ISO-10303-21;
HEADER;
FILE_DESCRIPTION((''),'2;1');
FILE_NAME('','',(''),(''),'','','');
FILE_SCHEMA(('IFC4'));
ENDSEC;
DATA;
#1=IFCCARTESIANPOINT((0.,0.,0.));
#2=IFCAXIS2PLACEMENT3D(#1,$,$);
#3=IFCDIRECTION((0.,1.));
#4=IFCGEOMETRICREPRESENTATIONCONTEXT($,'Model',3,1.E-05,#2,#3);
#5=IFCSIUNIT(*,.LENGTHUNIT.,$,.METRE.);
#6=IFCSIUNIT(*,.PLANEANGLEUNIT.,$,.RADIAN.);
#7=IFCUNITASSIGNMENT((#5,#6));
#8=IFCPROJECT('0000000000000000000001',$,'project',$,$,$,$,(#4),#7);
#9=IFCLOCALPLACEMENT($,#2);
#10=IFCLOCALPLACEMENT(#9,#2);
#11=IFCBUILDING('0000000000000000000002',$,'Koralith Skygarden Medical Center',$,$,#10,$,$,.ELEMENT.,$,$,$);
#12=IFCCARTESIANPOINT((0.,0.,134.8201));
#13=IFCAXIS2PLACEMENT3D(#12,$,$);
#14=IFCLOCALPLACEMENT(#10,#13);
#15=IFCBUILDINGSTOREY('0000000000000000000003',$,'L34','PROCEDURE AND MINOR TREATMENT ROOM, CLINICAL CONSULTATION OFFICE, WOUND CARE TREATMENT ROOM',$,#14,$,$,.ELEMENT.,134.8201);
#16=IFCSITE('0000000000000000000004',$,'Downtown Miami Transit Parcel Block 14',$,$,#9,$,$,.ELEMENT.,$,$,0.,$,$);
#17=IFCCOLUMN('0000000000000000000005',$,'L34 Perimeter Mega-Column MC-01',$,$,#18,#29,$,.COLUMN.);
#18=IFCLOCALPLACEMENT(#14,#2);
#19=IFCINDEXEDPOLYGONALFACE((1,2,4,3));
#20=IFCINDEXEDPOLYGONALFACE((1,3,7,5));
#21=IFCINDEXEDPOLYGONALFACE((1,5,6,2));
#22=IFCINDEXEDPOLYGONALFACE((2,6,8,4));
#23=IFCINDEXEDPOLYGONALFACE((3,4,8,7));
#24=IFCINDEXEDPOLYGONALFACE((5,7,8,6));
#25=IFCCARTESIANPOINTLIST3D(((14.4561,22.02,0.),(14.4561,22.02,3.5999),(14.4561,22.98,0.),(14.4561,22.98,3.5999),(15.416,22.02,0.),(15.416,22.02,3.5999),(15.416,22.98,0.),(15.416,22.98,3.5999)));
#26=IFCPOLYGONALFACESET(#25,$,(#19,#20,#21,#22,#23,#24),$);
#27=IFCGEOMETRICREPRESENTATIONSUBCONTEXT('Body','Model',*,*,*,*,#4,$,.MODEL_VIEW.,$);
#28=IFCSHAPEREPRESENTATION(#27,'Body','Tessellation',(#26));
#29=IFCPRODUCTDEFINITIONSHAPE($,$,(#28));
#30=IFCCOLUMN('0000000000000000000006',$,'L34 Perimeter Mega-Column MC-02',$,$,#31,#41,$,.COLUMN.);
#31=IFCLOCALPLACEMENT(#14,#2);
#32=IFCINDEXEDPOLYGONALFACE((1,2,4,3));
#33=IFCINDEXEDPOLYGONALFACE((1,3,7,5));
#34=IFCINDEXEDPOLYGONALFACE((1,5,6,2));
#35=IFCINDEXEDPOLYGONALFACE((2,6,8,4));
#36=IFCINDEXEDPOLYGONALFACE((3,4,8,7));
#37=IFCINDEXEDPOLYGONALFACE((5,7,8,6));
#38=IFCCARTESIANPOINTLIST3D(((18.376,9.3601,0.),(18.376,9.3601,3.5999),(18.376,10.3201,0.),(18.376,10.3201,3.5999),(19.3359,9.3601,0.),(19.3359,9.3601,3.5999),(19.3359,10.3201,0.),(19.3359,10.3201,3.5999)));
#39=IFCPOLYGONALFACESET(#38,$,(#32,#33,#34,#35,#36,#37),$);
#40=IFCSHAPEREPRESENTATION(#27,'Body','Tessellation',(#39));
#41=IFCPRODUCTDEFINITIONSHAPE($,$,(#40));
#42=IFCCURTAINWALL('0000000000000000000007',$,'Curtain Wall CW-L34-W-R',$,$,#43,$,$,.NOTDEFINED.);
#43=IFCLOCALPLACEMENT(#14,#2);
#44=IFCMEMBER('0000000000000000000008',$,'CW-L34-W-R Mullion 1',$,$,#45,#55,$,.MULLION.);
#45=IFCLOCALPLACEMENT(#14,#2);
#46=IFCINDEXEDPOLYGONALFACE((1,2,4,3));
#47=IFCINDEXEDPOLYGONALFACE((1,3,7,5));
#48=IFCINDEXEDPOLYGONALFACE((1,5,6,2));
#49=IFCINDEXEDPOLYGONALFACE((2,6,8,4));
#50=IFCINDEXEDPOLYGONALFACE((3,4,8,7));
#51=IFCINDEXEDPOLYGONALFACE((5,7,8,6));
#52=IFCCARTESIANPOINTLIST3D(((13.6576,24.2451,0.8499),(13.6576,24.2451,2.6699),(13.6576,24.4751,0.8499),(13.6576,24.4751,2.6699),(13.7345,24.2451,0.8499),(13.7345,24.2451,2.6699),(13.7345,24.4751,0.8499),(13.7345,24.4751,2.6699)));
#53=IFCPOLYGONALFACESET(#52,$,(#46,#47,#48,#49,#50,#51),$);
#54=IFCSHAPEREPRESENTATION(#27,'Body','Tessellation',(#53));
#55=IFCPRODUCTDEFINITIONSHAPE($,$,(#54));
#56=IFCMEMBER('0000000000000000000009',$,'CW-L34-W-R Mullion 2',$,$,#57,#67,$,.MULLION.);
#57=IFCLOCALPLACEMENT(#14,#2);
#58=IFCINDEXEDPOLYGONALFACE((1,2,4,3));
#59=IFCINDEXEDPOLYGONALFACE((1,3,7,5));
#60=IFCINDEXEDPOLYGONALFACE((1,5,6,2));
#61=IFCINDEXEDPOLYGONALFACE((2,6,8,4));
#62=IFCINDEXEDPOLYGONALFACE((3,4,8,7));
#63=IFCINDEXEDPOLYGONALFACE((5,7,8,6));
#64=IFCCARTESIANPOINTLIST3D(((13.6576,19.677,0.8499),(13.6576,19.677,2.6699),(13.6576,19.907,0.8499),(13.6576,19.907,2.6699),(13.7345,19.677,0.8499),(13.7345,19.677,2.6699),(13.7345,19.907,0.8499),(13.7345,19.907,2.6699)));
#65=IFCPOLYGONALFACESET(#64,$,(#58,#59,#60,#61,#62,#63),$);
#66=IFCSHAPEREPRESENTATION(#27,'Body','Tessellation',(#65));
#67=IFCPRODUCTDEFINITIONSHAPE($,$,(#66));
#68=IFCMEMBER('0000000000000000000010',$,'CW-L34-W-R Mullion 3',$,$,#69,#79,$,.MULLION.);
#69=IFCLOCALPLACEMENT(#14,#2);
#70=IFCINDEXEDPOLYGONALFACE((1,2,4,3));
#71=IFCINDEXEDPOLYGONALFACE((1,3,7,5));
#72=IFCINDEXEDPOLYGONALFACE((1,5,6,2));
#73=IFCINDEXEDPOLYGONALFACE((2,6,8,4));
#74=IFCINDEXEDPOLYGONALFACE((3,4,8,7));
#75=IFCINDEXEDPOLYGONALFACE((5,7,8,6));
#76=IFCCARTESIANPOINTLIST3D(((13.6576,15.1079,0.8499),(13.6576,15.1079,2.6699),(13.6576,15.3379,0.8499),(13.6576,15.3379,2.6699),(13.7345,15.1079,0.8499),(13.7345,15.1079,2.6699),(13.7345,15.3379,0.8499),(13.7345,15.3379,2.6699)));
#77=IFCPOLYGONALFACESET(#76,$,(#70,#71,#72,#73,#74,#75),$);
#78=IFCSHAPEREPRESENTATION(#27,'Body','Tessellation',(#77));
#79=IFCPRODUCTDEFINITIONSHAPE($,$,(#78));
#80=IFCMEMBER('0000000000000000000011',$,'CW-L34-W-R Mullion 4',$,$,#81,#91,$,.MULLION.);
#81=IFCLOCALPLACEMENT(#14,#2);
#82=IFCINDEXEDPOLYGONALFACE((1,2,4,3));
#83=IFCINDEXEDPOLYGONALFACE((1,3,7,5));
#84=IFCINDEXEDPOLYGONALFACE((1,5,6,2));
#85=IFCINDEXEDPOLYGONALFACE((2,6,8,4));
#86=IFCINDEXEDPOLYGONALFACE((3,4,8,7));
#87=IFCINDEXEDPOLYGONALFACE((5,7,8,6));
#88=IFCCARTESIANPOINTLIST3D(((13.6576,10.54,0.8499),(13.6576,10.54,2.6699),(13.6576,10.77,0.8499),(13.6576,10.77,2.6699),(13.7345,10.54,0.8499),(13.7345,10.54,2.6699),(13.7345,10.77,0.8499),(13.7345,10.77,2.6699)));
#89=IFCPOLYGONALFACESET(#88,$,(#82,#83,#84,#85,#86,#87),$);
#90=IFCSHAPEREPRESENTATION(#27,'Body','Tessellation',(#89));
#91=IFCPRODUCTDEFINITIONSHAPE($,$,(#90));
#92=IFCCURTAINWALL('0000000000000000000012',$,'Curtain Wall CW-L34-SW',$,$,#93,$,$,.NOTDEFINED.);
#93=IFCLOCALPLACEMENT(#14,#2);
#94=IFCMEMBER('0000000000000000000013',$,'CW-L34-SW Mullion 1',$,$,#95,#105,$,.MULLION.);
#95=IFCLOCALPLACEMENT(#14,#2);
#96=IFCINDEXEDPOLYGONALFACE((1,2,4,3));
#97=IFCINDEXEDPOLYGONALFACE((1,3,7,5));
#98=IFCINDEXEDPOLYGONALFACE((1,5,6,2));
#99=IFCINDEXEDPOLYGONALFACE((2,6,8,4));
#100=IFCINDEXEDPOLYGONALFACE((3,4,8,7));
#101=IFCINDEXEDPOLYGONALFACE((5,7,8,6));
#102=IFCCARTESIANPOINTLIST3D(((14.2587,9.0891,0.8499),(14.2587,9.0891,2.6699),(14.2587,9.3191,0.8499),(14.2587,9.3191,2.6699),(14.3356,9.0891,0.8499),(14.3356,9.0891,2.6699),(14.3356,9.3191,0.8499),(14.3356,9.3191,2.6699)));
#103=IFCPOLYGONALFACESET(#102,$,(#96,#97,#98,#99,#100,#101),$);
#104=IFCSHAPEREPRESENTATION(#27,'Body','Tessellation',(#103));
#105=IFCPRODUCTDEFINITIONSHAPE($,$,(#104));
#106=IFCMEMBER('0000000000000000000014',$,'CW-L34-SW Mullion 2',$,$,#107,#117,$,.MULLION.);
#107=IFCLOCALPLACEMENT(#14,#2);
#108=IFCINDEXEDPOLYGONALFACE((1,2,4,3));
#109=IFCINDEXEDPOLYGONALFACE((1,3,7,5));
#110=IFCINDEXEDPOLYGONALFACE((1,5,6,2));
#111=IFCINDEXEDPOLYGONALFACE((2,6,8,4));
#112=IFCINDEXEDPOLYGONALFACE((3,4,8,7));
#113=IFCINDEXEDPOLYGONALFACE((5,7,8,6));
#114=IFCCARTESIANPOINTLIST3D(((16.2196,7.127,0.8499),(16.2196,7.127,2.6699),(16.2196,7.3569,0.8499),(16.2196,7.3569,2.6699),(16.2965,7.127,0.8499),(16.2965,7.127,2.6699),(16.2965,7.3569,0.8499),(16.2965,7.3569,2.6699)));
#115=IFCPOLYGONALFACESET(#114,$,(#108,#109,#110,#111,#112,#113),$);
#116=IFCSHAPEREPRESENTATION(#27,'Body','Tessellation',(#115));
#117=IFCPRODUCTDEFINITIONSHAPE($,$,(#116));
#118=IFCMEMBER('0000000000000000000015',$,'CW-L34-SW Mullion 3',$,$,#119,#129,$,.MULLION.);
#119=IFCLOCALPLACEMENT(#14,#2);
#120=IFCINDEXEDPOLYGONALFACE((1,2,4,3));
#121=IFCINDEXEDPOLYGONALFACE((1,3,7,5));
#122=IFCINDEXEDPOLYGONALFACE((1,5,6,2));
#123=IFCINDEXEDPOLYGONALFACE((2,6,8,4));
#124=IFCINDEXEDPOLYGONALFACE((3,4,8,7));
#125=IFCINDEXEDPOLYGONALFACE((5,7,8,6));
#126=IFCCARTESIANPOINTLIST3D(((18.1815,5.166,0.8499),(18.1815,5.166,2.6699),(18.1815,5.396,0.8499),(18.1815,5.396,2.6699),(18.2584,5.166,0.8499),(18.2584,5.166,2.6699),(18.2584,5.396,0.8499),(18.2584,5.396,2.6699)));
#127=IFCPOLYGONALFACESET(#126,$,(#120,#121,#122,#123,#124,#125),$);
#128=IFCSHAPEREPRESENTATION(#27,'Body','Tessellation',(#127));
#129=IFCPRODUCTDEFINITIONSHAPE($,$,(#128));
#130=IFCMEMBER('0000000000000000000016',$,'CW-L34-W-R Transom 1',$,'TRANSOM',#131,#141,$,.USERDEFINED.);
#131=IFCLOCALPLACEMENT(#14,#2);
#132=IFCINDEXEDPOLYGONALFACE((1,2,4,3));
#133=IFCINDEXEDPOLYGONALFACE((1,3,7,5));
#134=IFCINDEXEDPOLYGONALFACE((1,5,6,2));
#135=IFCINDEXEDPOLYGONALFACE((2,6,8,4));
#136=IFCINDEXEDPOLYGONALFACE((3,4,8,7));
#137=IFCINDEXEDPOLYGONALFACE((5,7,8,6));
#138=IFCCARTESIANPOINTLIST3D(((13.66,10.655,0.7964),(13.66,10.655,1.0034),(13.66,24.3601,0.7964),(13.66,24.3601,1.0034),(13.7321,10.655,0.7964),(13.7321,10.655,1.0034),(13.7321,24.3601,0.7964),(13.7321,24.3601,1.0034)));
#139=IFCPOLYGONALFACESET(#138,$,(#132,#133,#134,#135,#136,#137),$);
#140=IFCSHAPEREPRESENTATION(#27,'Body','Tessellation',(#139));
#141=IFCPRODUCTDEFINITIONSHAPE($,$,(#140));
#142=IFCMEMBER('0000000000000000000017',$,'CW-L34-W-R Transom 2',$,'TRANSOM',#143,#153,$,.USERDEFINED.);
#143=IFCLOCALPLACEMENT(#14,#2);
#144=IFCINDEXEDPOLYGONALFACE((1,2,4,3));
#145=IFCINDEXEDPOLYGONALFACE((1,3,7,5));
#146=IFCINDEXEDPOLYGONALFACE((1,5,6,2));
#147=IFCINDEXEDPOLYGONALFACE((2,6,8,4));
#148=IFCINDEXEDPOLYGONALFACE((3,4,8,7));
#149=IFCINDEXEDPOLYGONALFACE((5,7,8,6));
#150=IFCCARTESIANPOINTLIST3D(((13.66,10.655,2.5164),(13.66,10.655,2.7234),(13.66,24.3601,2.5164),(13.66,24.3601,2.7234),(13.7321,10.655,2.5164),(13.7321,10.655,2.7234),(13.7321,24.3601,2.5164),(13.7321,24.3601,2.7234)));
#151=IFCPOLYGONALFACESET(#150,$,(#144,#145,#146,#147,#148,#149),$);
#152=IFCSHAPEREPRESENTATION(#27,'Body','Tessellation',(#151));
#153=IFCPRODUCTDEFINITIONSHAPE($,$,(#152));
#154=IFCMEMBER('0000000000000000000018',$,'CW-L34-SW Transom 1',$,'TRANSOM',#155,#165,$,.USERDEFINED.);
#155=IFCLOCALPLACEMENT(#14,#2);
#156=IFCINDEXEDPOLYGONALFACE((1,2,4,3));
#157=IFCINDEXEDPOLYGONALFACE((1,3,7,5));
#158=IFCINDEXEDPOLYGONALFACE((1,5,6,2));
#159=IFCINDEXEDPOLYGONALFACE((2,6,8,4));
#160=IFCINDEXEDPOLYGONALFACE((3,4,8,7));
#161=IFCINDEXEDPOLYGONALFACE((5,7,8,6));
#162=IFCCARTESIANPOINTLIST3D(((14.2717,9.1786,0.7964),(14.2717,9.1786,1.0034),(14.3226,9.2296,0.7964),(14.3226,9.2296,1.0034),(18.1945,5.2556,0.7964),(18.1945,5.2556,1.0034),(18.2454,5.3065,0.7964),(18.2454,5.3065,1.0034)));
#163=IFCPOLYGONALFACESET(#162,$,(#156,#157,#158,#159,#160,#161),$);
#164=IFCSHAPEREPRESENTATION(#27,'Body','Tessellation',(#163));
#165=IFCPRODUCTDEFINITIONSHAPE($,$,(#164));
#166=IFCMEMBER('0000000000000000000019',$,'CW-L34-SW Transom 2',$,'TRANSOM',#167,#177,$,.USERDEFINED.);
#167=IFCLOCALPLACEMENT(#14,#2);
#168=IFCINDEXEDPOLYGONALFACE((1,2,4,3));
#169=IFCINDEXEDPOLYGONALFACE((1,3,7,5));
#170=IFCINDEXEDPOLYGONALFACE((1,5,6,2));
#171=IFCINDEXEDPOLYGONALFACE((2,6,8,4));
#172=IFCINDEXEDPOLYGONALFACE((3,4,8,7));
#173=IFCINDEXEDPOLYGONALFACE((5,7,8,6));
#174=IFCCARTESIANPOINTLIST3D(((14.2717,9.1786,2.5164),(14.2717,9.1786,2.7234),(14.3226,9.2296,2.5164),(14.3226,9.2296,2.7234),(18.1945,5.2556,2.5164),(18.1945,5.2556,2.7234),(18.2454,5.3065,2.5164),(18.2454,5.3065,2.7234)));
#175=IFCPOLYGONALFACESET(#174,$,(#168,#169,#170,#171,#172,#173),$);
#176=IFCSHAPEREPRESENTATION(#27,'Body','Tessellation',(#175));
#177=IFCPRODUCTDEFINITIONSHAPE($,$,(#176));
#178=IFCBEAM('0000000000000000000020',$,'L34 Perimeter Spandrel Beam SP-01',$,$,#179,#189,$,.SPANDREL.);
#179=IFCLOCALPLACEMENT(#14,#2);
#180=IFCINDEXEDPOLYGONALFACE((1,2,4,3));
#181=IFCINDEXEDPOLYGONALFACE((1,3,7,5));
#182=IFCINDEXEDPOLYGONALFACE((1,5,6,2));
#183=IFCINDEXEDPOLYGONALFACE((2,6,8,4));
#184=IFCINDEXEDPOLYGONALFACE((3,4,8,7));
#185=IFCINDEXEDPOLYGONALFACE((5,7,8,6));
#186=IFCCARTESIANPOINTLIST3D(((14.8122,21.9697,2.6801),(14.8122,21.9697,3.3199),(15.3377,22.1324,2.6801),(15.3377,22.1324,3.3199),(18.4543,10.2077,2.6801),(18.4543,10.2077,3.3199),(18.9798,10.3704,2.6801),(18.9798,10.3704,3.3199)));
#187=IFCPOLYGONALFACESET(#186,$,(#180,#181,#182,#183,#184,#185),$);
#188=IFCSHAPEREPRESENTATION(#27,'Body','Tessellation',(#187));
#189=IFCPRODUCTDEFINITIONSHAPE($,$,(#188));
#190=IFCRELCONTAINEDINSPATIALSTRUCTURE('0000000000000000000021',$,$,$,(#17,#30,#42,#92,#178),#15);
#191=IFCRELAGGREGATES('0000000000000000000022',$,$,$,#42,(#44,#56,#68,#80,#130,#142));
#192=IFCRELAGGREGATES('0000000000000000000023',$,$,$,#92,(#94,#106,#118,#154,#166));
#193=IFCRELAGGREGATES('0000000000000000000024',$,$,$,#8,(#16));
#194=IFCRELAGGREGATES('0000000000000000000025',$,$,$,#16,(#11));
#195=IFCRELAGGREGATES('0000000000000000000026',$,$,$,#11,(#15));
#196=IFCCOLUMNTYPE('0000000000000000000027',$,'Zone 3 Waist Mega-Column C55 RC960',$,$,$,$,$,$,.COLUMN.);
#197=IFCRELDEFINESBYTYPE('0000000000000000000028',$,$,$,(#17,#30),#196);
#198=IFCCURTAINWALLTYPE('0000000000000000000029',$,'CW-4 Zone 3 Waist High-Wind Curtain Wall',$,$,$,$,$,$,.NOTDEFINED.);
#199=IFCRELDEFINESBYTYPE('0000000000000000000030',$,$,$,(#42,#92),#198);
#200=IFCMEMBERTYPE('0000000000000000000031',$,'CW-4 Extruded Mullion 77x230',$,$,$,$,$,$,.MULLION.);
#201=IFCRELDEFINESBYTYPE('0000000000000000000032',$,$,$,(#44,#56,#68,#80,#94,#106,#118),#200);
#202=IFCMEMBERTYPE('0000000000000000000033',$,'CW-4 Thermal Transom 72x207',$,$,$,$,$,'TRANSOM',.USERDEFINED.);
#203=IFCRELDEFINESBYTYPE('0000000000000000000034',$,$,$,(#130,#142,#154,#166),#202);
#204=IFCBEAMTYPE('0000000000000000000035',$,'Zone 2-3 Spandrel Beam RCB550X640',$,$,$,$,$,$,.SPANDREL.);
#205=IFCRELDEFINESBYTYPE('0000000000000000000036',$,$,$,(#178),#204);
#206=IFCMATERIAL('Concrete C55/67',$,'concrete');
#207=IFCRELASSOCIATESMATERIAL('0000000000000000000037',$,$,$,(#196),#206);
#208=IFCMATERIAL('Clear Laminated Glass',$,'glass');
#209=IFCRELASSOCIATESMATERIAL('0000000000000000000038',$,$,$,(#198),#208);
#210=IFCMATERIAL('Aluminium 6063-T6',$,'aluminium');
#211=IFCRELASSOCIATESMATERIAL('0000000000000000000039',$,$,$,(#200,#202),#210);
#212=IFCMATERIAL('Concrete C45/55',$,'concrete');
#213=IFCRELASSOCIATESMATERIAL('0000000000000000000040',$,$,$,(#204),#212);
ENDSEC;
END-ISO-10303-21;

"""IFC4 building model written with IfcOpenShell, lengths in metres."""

from ifc_helpers import new_model, si_unit, direction, frame, origin, origin_2d, place, context, subcontext, project, spatial, rectangle, extrude, material, material_profile, profile_set, type_object, element, aggregate, save


model = new_model("IFC4")

# Units and contexts
model_context = context("Model", 3, precision=1e-05, world=origin(), true_north=direction((0.0, 1.0)))
body_context = subcontext(model_context, "Body", "Model", "MODEL_VIEW")
ifc_project = project(units=[si_unit("LENGTHUNIT", "METRE"), si_unit("PLANEANGLEUNIT", "RADIAN")], contexts=[model_context])

# Site, building, storey
site_placement = place(None, origin())
site = spatial("IfcSite", under=ifc_project, at=site_placement, Name="Downtown Miami Transit Parcel Block 14", CompositionType="ELEMENT", RefElevation=0.0)
building_placement = place(site_placement, origin())
building = spatial("IfcBuilding", under=site, at=building_placement, Name="Koralith Skygarden Medical Center", CompositionType="ELEMENT")
storey_placement = place(building_placement, frame((0.0, 0.0, 134.8201)))
storey = spatial("IfcBuildingStorey", under=building, at=storey_placement, Name="L34", Description="PROCEDURE AND MINOR TREATMENT ROOM, CLINICAL CONSULTATION OFFICE, WOUND CARE TREATMENT ROOM", CompositionType="ELEMENT", Elevation=134.8201)

# Columns
ifc_material_1 = material(Name="Concrete C55/67", Category="concrete")
ifc_material_profile_1 = material_profile(ifc_material_1, rectangle(XDim=0.96, YDim=0.96, at=origin_2d()), Name="RC960X960")
ifc_profile_set_1 = profile_set([ifc_material_profile_1], Name="Concrete C55/67")
column_type = type_object("IfcColumnType", Name="Zone 3 Waist Mega-Column C55 RC960", PredefinedType="COLUMN", material=ifc_profile_set_1)
for number, where, z_axis, x_axis, name in (
    (1, (14.936, 22.5, 0.0), (0.0, 0.0, 1.0), (1.0, 0.0, 0.0), "L34 Perimeter Mega-Column MC-01"),
    (2, (18.856, 9.8401, 0.0), (0.0, 0.0, 1.0), (1.0, 0.0, 0.0), "L34 Perimeter Mega-Column MC-02"),
):
    element("IfcColumn", number, at=place(storey_placement, frame(where, z_axis=z_axis, x_axis=x_axis)), inside=storey, type_object=column_type, Name=name, PredefinedType="COLUMN", context=body_context, shape_type="SweptSolid", body=[
        extrude(rectangle(XDim=0.96, YDim=0.96, at=origin_2d()), origin(), (0.0, 0.0, 1.0), 3.5999),
    ])

# Curtain walls, members
ifc_material_2 = material(Name="Clear Laminated Glass", Category="glass")
curtain_wall_type = type_object("IfcCurtainWallType", Name="CW-4 Zone 3 Waist High-Wind Curtain Wall", PredefinedType="NOTDEFINED", material=ifc_material_2)
curtain_wall_1_placement = place(storey_placement, origin())
curtain_wall_1 = element("IfcCurtainWall", 3, at=curtain_wall_1_placement, inside=storey, type_object=curtain_wall_type, Name="Curtain Wall CW-L34-W-R", PredefinedType="NOTDEFINED")
ifc_material_3 = material(Name="Aluminium 6063-T6", Category="aluminium")
ifc_material_profile_2 = material_profile(ifc_material_3, rectangle(XDim=0.0769, YDim=0.23, at=origin_2d()), Name="MUL77X230")
ifc_profile_set_2 = profile_set([ifc_material_profile_2], Name="Aluminium 6063-T6")
member_type_1 = type_object("IfcMemberType", Name="CW-4 Extruded Mullion 77x230", PredefinedType="MULLION", material=ifc_profile_set_2)
member_1_placement = place(storey_placement, frame((13.696, 24.3601, 0.8499), z_axis=(0.0, 0.0, 1.0), x_axis=(1.0, 0.0, 0.0)))
member_1 = element("IfcMember", 4, at=member_1_placement, type_object=member_type_1, Name="CW-L34-W-R Mullion 1", PredefinedType="MULLION", context=body_context, shape_type="SweptSolid", body=[
    extrude(rectangle(XDim=0.0769, YDim=0.23, at=origin_2d()), origin(), (0.0, 0.0, 1.0), 1.8201),
])
member_2_placement = place(storey_placement, frame((13.696, 19.792, 0.8499), z_axis=(0.0, 0.0, 1.0), x_axis=(1.0, 0.0, 0.0)))
member_2 = element("IfcMember", 5, at=member_2_placement, type_object=member_type_1, Name="CW-L34-W-R Mullion 2", PredefinedType="MULLION", context=body_context, shape_type="SweptSolid", body=[
    extrude(rectangle(XDim=0.0769, YDim=0.23, at=origin_2d()), origin(), (0.0, 0.0, 1.0), 1.8201),
])
member_3_placement = place(storey_placement, frame((13.696, 15.2229, 0.8499), z_axis=(0.0, 0.0, 1.0), x_axis=(1.0, 0.0, 0.0)))
member_3 = element("IfcMember", 6, at=member_3_placement, type_object=member_type_1, Name="CW-L34-W-R Mullion 3", PredefinedType="MULLION", context=body_context, shape_type="SweptSolid", body=[
    extrude(rectangle(XDim=0.0769, YDim=0.23, at=origin_2d()), origin(), (0.0, 0.0, 1.0), 1.8201),
])
member_4_placement = place(storey_placement, frame((13.696, 10.655, 0.8499), z_axis=(0.0, 0.0, 1.0), x_axis=(1.0, 0.0, 0.0)))
member_4 = element("IfcMember", 7, at=member_4_placement, type_object=member_type_1, Name="CW-L34-W-R Mullion 4", PredefinedType="MULLION", context=body_context, shape_type="SweptSolid", body=[
    extrude(rectangle(XDim=0.0769, YDim=0.23, at=origin_2d()), origin(), (0.0, 0.0, 1.0), 1.8201),
])
curtain_wall_2_placement = place(storey_placement, origin())
curtain_wall_2 = element("IfcCurtainWall", 8, at=curtain_wall_2_placement, inside=storey, type_object=curtain_wall_type, Name="Curtain Wall CW-L34-SW", PredefinedType="NOTDEFINED")
member_5_placement = place(storey_placement, frame((14.2971, 9.2041, 0.8499), z_axis=(0.0, 0.0, 1.0), x_axis=(1.0, 0.0, 0.0)))
member_5 = element("IfcMember", 9, at=member_5_placement, type_object=member_type_1, Name="CW-L34-SW Mullion 1", PredefinedType="MULLION", context=body_context, shape_type="SweptSolid", body=[
    extrude(rectangle(XDim=0.0769, YDim=0.23, at=origin_2d()), origin(), (0.0, 0.0, 1.0), 1.8201),
])
member_6_placement = place(storey_placement, frame((16.2581, 7.2419, 0.8499), z_axis=(0.0, 0.0, 1.0), x_axis=(1.0, 0.0, 0.0)))
member_6 = element("IfcMember", 10, at=member_6_placement, type_object=member_type_1, Name="CW-L34-SW Mullion 2", PredefinedType="MULLION", context=body_context, shape_type="SweptSolid", body=[
    extrude(rectangle(XDim=0.0769, YDim=0.23, at=origin_2d()), origin(), (0.0, 0.0, 1.0), 1.8201),
])
member_7_placement = place(storey_placement, frame((18.22, 5.281, 0.8499), z_axis=(0.0, 0.0, 1.0), x_axis=(1.0, 0.0, 0.0)))
member_7 = element("IfcMember", 11, at=member_7_placement, type_object=member_type_1, Name="CW-L34-SW Mullion 3", PredefinedType="MULLION", context=body_context, shape_type="SweptSolid", body=[
    extrude(rectangle(XDim=0.0769, YDim=0.23, at=origin_2d()), origin(), (0.0, 0.0, 1.0), 1.8201),
])

# Members
ifc_material_profile_3 = material_profile(ifc_material_3, rectangle(XDim=0.072, YDim=0.207, at=origin_2d()), Name="TRN72X207")
ifc_profile_set_3 = profile_set([ifc_material_profile_3], Name="Aluminium 6063-T6")
member_type_2 = type_object("IfcMemberType", Name="CW-4 Thermal Transom 72x207", ElementType="TRANSOM", PredefinedType="USERDEFINED", material=ifc_profile_set_3)
member_8_placement = place(storey_placement, frame((13.696, 24.3601, 0.8999), z_axis=(0.0, -1.0, 0.0), x_axis=(1.0, 0.0, 0.0)))
member_8 = element("IfcMember", 12, at=member_8_placement, type_object=member_type_2, Name="CW-L34-W-R Transom 1", ObjectType="TRANSOM", PredefinedType="USERDEFINED", context=body_context, shape_type="SweptSolid", body=[
    extrude(rectangle(XDim=0.072, YDim=0.207, at=origin_2d()), origin(), (0.0, 0.0, 1.0), 13.7051),
])
member_9_placement = place(storey_placement, frame((13.696, 24.3601, 2.6199), z_axis=(0.0, -1.0, 0.0), x_axis=(1.0, 0.0, 0.0)))
member_9 = element("IfcMember", 13, at=member_9_placement, type_object=member_type_2, Name="CW-L34-W-R Transom 2", ObjectType="TRANSOM", PredefinedType="USERDEFINED", context=body_context, shape_type="SweptSolid", body=[
    extrude(rectangle(XDim=0.072, YDim=0.207, at=origin_2d()), origin(), (0.0, 0.0, 1.0), 13.7051),
])
member_10_placement = place(storey_placement, frame((14.2971, 9.2041, 0.8999), z_axis=(0.707085, -0.707129, 0.0), x_axis=(0.707129, 0.707085, 0.0)))
member_10 = element("IfcMember", 14, at=member_10_placement, type_object=member_type_2, Name="CW-L34-SW Transom 1", ObjectType="TRANSOM", PredefinedType="USERDEFINED", context=body_context, shape_type="SweptSolid", body=[
    extrude(rectangle(XDim=0.072, YDim=0.207, at=origin_2d()), origin(), (0.0, 0.0, 1.0), 5.5479),
])
member_11_placement = place(storey_placement, frame((14.2971, 9.2041, 2.6199), z_axis=(0.707085, -0.707129, 0.0), x_axis=(0.707129, 0.707085, 0.0)))
member_11 = element("IfcMember", 15, at=member_11_placement, type_object=member_type_2, Name="CW-L34-SW Transom 2", ObjectType="TRANSOM", PredefinedType="USERDEFINED", context=body_context, shape_type="SweptSolid", body=[
    extrude(rectangle(XDim=0.072, YDim=0.207, at=origin_2d()), origin(), (0.0, 0.0, 1.0), 5.5479),
])

# Beam
ifc_material_4 = material(Name="Concrete C45/55", Category="concrete")
ifc_material_profile_4 = material_profile(ifc_material_4, rectangle(XDim=0.55, YDim=0.6399, at=origin_2d()), Name="RCB550X640")
ifc_profile_set_4 = profile_set([ifc_material_profile_4], Name="Concrete C45/55")
beam_type = type_object("IfcBeamType", Name="Zone 2-3 Spandrel Beam RCB550X640", PredefinedType="SPANDREL", material=ifc_profile_set_4)
beam_1_placement = place(storey_placement, frame((15.075, 22.051, 3.0), z_axis=(0.295794, -0.955252, 0.0), x_axis=(0.955252, 0.295794, 0.0)))
element("IfcBeam", 16, at=beam_1_placement, inside=storey, type_object=beam_type, Name="L34 Perimeter Spandrel Beam SP-01", PredefinedType="SPANDREL", context=body_context, shape_type="SweptSolid", body=[
    extrude(rectangle(XDim=0.55, YDim=0.6399, at=origin_2d()), origin(), (0.0, 0.0, 1.0), 12.313),
])

aggregate(curtain_wall_1, [member_1, member_2, member_3, member_4, member_8, member_9])
aggregate(curtain_wall_2, [member_5, member_6, member_7, member_10, member_11])

save(model, "model.ifc")
